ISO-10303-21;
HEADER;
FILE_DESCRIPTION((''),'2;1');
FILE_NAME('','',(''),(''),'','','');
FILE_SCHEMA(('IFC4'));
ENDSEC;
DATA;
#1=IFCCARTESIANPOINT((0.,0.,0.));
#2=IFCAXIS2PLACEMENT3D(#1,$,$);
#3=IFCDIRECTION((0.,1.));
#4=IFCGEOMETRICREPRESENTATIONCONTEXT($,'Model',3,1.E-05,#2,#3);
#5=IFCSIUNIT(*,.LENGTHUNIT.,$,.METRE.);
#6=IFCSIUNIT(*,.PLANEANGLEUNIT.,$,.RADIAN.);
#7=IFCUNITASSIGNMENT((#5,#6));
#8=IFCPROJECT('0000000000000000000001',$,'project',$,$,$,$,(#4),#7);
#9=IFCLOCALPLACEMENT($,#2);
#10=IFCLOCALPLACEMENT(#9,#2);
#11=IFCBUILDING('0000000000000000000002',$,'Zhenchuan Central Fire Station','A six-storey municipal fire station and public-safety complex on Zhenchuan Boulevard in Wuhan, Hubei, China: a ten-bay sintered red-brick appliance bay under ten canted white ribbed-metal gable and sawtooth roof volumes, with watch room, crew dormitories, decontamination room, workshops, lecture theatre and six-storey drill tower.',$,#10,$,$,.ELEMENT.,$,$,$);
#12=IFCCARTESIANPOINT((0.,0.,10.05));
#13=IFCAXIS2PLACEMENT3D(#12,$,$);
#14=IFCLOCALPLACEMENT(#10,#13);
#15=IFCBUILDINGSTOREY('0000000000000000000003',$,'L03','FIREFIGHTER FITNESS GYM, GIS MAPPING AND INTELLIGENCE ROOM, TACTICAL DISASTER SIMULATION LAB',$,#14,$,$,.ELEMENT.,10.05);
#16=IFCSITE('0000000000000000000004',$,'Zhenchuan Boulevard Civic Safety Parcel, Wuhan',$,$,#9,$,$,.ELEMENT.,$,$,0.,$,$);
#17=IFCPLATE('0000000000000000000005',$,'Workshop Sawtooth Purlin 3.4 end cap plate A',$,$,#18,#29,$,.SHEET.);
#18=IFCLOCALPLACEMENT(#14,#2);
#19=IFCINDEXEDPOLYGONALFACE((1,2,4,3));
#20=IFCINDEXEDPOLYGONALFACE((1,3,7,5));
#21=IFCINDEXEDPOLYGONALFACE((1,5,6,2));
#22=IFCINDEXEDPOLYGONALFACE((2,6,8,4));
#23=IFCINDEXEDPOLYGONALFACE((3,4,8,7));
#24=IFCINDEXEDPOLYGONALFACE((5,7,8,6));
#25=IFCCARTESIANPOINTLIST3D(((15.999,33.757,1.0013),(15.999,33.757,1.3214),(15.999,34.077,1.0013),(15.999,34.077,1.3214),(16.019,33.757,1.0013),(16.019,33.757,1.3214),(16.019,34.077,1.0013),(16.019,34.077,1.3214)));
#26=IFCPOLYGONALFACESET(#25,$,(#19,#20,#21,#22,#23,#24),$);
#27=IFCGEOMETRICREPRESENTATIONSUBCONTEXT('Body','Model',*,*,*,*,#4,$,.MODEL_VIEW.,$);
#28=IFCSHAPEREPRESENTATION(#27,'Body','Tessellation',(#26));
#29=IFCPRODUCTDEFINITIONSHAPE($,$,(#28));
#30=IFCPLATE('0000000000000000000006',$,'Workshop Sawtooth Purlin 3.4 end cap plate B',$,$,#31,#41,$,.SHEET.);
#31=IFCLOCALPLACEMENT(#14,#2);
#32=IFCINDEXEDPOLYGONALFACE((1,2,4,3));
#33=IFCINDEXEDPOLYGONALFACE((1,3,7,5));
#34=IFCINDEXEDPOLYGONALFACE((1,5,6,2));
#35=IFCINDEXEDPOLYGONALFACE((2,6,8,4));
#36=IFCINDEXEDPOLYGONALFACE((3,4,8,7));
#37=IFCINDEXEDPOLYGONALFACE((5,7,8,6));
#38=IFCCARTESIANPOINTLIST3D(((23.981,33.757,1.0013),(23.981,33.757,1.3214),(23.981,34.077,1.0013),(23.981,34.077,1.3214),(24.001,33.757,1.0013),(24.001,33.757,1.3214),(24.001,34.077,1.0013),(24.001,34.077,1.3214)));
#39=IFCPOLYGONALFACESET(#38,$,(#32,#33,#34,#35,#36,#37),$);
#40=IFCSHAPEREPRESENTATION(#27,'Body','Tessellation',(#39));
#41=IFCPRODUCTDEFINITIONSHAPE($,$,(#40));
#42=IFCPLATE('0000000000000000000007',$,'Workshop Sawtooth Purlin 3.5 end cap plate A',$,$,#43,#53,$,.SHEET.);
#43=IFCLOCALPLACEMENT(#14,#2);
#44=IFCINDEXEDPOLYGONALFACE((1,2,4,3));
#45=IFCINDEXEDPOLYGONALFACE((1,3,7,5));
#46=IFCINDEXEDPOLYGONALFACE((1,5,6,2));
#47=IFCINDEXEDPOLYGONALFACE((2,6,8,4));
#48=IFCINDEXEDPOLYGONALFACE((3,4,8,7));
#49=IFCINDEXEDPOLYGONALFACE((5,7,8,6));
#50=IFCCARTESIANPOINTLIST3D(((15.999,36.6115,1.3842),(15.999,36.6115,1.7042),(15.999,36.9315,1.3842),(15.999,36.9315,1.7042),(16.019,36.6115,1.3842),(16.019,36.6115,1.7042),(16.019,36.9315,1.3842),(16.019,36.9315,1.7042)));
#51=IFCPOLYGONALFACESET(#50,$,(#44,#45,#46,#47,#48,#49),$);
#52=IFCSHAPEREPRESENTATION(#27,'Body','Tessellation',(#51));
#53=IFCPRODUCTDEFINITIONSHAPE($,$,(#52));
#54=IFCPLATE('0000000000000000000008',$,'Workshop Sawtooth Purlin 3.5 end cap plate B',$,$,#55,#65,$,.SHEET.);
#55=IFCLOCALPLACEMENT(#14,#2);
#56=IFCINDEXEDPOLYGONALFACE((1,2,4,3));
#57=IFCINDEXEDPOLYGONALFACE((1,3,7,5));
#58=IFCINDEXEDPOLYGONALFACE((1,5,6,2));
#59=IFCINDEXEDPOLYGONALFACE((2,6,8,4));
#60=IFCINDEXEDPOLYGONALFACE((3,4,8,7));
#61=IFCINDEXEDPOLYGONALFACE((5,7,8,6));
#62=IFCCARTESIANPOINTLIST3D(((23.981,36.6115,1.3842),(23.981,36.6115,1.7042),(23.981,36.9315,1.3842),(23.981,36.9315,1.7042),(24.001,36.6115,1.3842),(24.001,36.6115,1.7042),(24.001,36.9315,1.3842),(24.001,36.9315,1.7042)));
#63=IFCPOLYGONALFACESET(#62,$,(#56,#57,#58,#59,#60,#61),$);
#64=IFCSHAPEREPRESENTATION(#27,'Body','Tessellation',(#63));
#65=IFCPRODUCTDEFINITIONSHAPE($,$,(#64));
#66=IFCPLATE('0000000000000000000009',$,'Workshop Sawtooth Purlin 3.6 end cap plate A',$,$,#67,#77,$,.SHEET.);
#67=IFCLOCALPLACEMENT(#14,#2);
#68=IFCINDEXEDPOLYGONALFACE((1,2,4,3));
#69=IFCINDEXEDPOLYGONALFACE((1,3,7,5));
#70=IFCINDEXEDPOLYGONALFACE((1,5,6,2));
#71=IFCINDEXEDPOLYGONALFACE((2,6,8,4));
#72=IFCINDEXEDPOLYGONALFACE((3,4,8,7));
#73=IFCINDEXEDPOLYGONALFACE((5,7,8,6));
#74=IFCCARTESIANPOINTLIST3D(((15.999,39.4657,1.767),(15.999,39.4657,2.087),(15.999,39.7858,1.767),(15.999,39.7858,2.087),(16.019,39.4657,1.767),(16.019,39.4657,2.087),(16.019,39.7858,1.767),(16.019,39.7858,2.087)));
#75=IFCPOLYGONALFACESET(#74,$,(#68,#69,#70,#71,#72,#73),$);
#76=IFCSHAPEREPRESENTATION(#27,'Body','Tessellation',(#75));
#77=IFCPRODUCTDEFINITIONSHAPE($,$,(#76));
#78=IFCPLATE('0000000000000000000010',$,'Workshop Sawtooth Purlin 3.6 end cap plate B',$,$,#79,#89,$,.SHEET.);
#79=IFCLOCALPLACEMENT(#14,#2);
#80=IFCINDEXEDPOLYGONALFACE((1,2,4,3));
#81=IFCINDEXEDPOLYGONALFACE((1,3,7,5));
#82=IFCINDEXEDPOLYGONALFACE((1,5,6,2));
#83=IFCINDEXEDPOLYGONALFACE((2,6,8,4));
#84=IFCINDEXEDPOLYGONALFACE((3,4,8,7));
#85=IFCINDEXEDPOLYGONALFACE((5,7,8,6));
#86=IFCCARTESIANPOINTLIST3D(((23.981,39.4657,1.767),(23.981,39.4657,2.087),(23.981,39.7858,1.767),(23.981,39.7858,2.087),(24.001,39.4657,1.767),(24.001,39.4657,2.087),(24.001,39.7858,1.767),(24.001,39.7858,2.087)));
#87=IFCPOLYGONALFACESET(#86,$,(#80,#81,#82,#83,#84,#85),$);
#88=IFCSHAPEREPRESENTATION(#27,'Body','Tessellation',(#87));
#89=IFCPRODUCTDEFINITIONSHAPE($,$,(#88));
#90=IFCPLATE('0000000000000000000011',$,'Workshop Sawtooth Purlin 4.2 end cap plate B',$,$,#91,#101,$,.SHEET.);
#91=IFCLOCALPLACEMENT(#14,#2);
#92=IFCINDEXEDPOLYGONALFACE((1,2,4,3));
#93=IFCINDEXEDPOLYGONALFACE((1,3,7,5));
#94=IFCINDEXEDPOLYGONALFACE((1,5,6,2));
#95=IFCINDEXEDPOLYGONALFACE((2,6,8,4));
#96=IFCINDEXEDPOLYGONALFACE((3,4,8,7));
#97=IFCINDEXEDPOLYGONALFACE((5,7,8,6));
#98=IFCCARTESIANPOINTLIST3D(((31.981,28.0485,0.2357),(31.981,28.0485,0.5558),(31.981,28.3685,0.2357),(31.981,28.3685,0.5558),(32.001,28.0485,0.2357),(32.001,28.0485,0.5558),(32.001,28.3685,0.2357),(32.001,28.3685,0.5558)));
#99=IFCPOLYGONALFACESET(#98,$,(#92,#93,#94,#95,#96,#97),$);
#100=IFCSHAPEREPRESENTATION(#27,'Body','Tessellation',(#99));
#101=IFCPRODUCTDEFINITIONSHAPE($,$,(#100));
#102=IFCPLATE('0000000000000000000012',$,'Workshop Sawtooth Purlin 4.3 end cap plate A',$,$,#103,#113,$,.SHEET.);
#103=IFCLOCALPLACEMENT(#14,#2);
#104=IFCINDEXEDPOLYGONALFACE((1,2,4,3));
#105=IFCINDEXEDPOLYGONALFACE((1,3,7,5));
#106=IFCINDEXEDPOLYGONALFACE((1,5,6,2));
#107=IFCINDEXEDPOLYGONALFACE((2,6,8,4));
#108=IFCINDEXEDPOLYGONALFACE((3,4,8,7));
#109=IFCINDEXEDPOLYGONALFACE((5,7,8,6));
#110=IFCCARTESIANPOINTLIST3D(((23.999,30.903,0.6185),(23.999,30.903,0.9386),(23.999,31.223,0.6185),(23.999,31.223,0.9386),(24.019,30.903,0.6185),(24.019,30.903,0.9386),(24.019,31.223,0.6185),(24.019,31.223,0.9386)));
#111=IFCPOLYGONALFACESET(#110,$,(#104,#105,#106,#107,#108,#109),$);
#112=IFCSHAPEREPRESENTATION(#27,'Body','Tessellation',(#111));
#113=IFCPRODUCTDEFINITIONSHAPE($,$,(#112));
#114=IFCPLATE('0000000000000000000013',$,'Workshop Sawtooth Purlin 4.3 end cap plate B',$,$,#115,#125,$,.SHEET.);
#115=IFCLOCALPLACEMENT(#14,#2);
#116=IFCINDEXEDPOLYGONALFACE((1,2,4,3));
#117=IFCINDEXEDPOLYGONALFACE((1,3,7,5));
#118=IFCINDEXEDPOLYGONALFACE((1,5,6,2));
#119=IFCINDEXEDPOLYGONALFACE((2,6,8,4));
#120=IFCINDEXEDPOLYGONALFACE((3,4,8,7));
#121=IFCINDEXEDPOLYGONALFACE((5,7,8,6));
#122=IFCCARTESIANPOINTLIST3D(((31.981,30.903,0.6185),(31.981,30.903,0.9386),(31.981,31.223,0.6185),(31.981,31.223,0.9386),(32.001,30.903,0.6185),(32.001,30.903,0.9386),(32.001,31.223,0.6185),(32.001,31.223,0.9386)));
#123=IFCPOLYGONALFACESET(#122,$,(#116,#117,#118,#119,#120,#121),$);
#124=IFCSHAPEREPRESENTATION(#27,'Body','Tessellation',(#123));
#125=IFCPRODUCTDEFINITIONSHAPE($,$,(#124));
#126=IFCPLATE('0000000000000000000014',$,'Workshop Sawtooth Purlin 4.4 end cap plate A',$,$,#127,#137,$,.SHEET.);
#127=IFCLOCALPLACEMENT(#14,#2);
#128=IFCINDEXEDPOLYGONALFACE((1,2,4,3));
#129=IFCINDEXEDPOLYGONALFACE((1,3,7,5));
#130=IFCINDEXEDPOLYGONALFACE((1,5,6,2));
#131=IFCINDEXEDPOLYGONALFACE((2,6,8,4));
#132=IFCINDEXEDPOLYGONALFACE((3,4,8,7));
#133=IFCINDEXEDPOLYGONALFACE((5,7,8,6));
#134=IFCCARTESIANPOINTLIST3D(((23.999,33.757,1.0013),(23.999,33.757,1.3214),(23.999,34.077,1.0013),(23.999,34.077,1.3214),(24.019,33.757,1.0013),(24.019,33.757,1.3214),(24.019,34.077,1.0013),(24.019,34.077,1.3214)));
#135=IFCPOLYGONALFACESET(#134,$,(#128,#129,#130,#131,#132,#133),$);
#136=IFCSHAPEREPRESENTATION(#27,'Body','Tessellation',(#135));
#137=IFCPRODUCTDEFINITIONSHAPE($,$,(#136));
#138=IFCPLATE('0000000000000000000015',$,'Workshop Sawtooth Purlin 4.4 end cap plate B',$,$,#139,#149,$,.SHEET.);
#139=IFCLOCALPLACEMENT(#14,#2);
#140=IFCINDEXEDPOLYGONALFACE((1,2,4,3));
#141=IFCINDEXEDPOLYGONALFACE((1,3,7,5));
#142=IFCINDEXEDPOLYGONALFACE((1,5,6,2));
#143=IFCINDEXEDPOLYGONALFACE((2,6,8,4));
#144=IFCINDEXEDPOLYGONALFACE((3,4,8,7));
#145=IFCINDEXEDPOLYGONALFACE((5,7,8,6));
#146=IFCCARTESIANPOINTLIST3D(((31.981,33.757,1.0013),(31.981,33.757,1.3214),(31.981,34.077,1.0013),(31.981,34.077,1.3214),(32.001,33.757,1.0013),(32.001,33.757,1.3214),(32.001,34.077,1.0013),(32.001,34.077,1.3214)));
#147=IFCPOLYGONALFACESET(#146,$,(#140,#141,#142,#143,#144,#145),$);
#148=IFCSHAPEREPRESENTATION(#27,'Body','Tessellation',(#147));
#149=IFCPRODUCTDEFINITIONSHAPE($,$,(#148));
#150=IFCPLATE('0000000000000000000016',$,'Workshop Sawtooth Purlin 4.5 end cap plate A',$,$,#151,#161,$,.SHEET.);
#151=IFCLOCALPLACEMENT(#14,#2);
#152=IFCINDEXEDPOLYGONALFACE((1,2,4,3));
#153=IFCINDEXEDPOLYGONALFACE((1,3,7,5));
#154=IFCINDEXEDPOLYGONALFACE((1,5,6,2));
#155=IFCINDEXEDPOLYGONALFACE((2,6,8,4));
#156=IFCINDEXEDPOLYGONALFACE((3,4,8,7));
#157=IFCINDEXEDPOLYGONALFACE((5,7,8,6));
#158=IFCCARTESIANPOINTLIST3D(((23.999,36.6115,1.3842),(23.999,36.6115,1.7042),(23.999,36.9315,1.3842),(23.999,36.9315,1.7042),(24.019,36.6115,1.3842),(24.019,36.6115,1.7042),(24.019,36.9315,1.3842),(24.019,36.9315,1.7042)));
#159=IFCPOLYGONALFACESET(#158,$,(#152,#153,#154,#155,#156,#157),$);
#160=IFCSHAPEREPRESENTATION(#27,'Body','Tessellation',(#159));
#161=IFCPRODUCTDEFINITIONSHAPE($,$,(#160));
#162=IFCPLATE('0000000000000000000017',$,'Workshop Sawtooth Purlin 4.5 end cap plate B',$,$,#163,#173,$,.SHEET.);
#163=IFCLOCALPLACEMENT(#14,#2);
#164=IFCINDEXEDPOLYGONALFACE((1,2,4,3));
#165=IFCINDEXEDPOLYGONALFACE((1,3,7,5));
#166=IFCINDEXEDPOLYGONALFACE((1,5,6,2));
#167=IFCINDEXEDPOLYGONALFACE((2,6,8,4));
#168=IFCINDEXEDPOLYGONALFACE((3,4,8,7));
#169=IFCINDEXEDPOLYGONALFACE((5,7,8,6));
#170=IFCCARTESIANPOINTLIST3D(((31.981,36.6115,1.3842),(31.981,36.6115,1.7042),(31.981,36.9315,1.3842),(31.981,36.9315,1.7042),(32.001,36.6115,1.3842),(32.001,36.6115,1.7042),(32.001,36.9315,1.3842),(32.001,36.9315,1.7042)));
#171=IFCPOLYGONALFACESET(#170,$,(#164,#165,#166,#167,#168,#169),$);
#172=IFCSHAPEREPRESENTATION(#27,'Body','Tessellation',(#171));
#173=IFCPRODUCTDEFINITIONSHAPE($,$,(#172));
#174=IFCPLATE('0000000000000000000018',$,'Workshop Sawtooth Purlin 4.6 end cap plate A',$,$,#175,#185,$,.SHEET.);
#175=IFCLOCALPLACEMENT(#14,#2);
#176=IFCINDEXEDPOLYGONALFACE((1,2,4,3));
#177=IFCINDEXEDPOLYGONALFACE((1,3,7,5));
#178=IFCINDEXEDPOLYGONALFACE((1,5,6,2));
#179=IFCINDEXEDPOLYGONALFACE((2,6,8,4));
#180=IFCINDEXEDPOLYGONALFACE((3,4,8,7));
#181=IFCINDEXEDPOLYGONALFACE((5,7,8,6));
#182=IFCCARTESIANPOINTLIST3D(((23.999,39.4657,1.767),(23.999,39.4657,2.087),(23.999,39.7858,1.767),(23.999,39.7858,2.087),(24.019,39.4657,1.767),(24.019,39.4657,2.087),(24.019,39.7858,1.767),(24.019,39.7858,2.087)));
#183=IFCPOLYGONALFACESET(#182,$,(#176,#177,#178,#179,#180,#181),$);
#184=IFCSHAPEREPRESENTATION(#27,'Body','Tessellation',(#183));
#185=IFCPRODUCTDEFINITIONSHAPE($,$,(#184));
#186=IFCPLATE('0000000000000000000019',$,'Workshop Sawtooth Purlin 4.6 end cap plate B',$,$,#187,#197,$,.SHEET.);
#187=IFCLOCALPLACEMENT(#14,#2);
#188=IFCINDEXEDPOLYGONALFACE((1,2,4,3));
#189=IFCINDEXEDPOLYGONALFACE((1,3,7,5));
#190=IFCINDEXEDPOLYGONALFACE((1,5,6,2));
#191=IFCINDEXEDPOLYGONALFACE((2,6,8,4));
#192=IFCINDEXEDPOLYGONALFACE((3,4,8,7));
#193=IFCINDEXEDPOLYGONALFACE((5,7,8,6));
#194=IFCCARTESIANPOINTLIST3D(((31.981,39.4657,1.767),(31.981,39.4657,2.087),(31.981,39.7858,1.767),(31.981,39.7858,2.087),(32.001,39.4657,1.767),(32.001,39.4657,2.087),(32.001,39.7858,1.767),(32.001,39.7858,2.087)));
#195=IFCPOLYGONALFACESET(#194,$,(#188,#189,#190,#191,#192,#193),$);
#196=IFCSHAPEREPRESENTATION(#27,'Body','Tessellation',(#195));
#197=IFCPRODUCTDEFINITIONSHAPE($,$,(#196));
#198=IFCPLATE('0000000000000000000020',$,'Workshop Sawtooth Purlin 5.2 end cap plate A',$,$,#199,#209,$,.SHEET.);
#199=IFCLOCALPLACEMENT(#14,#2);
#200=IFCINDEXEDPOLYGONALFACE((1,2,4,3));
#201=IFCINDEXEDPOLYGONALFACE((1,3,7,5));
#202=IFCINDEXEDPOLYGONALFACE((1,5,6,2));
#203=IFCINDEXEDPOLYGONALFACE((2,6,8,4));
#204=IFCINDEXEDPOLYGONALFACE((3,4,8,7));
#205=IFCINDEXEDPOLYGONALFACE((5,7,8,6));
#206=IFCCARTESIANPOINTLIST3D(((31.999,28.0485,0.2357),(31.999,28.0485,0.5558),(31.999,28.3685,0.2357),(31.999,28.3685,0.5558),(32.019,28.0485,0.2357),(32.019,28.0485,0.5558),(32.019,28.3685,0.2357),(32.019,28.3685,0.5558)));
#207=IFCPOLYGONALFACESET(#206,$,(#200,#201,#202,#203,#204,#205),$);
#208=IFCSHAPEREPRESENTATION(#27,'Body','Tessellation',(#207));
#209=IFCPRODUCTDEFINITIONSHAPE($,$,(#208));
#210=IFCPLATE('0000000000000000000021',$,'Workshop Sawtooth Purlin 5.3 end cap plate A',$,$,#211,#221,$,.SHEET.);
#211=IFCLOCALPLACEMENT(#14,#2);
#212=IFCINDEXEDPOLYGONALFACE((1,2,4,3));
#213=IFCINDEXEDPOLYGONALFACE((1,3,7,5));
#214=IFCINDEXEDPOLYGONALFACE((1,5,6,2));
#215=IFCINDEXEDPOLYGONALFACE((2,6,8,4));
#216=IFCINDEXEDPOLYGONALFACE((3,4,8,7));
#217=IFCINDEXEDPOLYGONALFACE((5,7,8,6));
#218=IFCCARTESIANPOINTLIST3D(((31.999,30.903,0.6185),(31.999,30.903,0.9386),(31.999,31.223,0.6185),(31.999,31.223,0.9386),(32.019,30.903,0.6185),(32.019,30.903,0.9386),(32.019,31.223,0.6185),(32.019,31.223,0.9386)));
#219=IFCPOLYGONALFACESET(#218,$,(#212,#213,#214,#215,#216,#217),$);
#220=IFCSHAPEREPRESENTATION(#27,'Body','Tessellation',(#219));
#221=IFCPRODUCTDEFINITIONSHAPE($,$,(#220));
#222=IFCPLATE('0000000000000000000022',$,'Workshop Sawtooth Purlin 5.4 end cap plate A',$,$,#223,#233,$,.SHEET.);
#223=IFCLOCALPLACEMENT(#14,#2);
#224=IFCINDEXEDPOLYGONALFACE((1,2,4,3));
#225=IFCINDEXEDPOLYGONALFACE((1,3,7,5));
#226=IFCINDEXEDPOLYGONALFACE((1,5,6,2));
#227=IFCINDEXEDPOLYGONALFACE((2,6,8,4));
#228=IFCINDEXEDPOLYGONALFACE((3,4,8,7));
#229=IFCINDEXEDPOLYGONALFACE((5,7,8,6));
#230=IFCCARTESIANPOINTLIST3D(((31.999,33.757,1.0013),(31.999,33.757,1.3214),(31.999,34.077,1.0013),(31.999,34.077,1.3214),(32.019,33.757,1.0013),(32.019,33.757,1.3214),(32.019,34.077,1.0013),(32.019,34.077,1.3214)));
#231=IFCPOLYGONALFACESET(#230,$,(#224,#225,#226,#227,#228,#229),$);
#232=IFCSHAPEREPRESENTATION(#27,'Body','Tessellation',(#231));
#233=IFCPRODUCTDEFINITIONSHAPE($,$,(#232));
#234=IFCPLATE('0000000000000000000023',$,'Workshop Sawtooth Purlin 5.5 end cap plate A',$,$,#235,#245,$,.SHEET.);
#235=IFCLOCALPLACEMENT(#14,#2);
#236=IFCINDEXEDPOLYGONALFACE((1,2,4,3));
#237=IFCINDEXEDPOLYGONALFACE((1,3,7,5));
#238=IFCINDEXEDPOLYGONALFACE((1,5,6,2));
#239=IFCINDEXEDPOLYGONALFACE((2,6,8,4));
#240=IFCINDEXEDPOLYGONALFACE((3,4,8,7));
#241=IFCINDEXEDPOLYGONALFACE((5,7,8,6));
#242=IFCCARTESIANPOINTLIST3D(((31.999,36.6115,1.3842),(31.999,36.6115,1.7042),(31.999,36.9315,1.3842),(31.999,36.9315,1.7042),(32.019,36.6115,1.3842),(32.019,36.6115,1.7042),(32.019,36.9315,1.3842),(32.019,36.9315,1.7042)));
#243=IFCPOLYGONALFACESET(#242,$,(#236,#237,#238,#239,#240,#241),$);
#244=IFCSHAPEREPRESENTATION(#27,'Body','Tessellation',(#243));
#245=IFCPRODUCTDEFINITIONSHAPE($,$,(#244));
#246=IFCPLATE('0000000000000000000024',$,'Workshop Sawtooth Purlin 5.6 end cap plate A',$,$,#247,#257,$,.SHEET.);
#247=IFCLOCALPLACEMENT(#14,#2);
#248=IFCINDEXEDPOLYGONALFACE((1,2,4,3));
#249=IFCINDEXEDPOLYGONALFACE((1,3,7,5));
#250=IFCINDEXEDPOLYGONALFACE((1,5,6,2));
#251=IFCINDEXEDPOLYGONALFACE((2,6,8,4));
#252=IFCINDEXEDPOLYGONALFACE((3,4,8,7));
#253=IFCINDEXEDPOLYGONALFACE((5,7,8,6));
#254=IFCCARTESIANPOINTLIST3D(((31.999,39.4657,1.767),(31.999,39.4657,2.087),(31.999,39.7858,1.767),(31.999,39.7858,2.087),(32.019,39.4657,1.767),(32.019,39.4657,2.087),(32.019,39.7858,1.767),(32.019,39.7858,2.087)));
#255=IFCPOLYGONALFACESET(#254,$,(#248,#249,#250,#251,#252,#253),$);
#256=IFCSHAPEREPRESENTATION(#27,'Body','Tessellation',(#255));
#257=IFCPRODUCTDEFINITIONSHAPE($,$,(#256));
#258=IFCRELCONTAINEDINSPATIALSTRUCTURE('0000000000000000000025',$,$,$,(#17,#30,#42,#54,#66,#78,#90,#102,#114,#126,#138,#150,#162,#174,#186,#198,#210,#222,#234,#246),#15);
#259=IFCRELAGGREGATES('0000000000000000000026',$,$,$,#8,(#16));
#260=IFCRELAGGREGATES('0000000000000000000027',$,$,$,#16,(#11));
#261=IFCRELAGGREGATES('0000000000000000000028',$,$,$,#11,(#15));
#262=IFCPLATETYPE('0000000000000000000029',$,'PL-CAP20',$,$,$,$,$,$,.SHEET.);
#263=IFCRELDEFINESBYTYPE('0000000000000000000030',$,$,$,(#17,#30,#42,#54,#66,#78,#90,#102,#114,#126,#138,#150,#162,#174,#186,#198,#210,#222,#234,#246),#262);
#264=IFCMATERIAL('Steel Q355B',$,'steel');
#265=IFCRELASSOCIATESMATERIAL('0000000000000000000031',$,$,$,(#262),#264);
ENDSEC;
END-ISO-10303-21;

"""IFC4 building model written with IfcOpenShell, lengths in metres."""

from ifc_helpers import new_model, si_unit, direction, frame, origin, origin_2d, place, context, subcontext, project, spatial, rectangle, extrude, material, material_profile, profile_set, type_object, element, save


model = new_model("IFC4")

# Units and contexts
model_context = context("Model", 3, precision=1e-05, world=origin(), true_north=direction((0.0, 1.0)))
body_context = subcontext(model_context, "Body", "Model", "MODEL_VIEW")
ifc_project = project(units=[si_unit("LENGTHUNIT", "METRE"), si_unit("PLANEANGLEUNIT", "RADIAN")], contexts=[model_context])

# Site, building, storey
site_placement = place(None, origin())
site = spatial("IfcSite", under=ifc_project, at=site_placement, Name="Zhenchuan Boulevard Civic Safety Parcel, Wuhan", CompositionType="ELEMENT", RefElevation=0.0)
building_placement = place(site_placement, origin())
building = spatial("IfcBuilding", under=site, at=building_placement, Name="Zhenchuan Central Fire Station", Description="A six-storey municipal fire station and public-safety complex on Zhenchuan Boulevard in Wuhan, Hubei, China: a ten-bay sintered red-brick appliance bay under ten canted white ribbed-metal gable and sawtooth roof volumes, with watch room, crew dormitories, decontamination room, workshops, lecture theatre and six-storey drill tower.", CompositionType="ELEMENT")
storey_placement = place(building_placement, frame((0.0, 0.0, 10.05)))
storey = spatial("IfcBuildingStorey", under=building, at=storey_placement, Name="L03", Description="FIREFIGHTER FITNESS GYM, GIS MAPPING AND INTELLIGENCE ROOM, TACTICAL DISASTER SIMULATION LAB", CompositionType="ELEMENT", Elevation=10.05)

# Shared definitions
ifc_material = material(Name="Steel Q355B", Category="steel")

# Plates
ifc_material_profile_1 = material_profile(ifc_material, rectangle(XDim=0.3201, YDim=0.3201, at=origin_2d()), Name="PL 320x320x20")
ifc_profile_set_1 = profile_set([ifc_material_profile_1], Name="Steel Q355B")
plate_type = type_object("IfcPlateType", Name="PL-CAP20", PredefinedType="SHEET", material=ifc_profile_set_1)
for number, where, z_axis, x_axis, name in (
    (1, (15.999, 33.917, 1.1614), (1.0, 0.0, 0.0), (0.0, 1.0, 0.0), "Workshop Sawtooth Purlin 3.4 end cap plate A"),
    (2, (23.981, 33.917, 1.1614), (1.0, 0.0, 0.0), (0.0, 1.0, 0.0), "Workshop Sawtooth Purlin 3.4 end cap plate B"),
    (3, (15.999, 36.7715, 1.5442), (1.0, 0.0, 0.0), (0.0, 1.0, 0.0), "Workshop Sawtooth Purlin 3.5 end cap plate A"),
    (4, (23.981, 36.7715, 1.5442), (1.0, 0.0, 0.0), (0.0, 1.0, 0.0), "Workshop Sawtooth Purlin 3.5 end cap plate B"),
    (5, (15.999, 39.6257, 1.927), (1.0, 0.0, 0.0), (0.0, 1.0, 0.0), "Workshop Sawtooth Purlin 3.6 end cap plate A"),
    (6, (23.981, 39.6257, 1.927), (1.0, 0.0, 0.0), (0.0, 1.0, 0.0), "Workshop Sawtooth Purlin 3.6 end cap plate B"),
    (7, (31.981, 28.2085, 0.3958), (1.0, 0.0, 0.0), (0.0, 1.0, 0.0), "Workshop Sawtooth Purlin 4.2 end cap plate B"),
    (8, (23.999, 31.063, 0.7786), (1.0, 0.0, 0.0), (0.0, 1.0, 0.0), "Workshop Sawtooth Purlin 4.3 end cap plate A"),
    (9, (31.981, 31.063, 0.7786), (1.0, 0.0, 0.0), (0.0, 1.0, 0.0), "Workshop Sawtooth Purlin 4.3 end cap plate B"),
    (10, (23.999, 33.917, 1.1614), (1.0, 0.0, 0.0), (0.0, 1.0, 0.0), "Workshop Sawtooth Purlin 4.4 end cap plate A"),
    (11, (31.981, 33.917, 1.1614), (1.0, 0.0, 0.0), (0.0, 1.0, 0.0), "Workshop Sawtooth Purlin 4.4 end cap plate B"),
    (12, (23.999, 36.7715, 1.5442), (1.0, 0.0, 0.0), (0.0, 1.0, 0.0), "Workshop Sawtooth Purlin 4.5 end cap plate A"),
    (13, (31.981, 36.7715, 1.5442), (1.0, 0.0, 0.0), (0.0, 1.0, 0.0), "Workshop Sawtooth Purlin 4.5 end cap plate B"),
    (14, (23.999, 39.6257, 1.927), (1.0, 0.0, 0.0), (0.0, 1.0, 0.0), "Workshop Sawtooth Purlin 4.6 end cap plate A"),
    (15, (31.981, 39.6257, 1.927), (1.0, 0.0, 0.0), (0.0, 1.0, 0.0), "Workshop Sawtooth Purlin 4.6 end cap plate B"),
    (16, (31.999, 28.2085, 0.3958), (1.0, 0.0, 0.0), (0.0, 1.0, 0.0), "Workshop Sawtooth Purlin 5.2 end cap plate A"),
    (17, (31.999, 31.063, 0.7786), (1.0, 0.0, 0.0), (0.0, 1.0, 0.0), "Workshop Sawtooth Purlin 5.3 end cap plate A"),
    (18, (31.999, 33.917, 1.1614), (1.0, 0.0, 0.0), (0.0, 1.0, 0.0), "Workshop Sawtooth Purlin 5.4 end cap plate A"),
    (19, (31.999, 36.7715, 1.5442), (1.0, 0.0, 0.0), (0.0, 1.0, 0.0), "Workshop Sawtooth Purlin 5.5 end cap plate A"),
    (20, (31.999, 39.6257, 1.927), (1.0, 0.0, 0.0), (0.0, 1.0, 0.0), "Workshop Sawtooth Purlin 5.6 end cap plate A"),
):
    element("IfcPlate", number, at=place(storey_placement, frame(where, z_axis=z_axis, x_axis=x_axis)), inside=storey, type_object=plate_type, Name=name, PredefinedType="SHEET", context=body_context, shape_type="SweptSolid", body=[
        extrude(rectangle(XDim=0.3201, YDim=0.3201, at=origin_2d()), origin(), (0.0, 0.0, 1.0), 0.02),
    ])

save(model, "model.ifc")
